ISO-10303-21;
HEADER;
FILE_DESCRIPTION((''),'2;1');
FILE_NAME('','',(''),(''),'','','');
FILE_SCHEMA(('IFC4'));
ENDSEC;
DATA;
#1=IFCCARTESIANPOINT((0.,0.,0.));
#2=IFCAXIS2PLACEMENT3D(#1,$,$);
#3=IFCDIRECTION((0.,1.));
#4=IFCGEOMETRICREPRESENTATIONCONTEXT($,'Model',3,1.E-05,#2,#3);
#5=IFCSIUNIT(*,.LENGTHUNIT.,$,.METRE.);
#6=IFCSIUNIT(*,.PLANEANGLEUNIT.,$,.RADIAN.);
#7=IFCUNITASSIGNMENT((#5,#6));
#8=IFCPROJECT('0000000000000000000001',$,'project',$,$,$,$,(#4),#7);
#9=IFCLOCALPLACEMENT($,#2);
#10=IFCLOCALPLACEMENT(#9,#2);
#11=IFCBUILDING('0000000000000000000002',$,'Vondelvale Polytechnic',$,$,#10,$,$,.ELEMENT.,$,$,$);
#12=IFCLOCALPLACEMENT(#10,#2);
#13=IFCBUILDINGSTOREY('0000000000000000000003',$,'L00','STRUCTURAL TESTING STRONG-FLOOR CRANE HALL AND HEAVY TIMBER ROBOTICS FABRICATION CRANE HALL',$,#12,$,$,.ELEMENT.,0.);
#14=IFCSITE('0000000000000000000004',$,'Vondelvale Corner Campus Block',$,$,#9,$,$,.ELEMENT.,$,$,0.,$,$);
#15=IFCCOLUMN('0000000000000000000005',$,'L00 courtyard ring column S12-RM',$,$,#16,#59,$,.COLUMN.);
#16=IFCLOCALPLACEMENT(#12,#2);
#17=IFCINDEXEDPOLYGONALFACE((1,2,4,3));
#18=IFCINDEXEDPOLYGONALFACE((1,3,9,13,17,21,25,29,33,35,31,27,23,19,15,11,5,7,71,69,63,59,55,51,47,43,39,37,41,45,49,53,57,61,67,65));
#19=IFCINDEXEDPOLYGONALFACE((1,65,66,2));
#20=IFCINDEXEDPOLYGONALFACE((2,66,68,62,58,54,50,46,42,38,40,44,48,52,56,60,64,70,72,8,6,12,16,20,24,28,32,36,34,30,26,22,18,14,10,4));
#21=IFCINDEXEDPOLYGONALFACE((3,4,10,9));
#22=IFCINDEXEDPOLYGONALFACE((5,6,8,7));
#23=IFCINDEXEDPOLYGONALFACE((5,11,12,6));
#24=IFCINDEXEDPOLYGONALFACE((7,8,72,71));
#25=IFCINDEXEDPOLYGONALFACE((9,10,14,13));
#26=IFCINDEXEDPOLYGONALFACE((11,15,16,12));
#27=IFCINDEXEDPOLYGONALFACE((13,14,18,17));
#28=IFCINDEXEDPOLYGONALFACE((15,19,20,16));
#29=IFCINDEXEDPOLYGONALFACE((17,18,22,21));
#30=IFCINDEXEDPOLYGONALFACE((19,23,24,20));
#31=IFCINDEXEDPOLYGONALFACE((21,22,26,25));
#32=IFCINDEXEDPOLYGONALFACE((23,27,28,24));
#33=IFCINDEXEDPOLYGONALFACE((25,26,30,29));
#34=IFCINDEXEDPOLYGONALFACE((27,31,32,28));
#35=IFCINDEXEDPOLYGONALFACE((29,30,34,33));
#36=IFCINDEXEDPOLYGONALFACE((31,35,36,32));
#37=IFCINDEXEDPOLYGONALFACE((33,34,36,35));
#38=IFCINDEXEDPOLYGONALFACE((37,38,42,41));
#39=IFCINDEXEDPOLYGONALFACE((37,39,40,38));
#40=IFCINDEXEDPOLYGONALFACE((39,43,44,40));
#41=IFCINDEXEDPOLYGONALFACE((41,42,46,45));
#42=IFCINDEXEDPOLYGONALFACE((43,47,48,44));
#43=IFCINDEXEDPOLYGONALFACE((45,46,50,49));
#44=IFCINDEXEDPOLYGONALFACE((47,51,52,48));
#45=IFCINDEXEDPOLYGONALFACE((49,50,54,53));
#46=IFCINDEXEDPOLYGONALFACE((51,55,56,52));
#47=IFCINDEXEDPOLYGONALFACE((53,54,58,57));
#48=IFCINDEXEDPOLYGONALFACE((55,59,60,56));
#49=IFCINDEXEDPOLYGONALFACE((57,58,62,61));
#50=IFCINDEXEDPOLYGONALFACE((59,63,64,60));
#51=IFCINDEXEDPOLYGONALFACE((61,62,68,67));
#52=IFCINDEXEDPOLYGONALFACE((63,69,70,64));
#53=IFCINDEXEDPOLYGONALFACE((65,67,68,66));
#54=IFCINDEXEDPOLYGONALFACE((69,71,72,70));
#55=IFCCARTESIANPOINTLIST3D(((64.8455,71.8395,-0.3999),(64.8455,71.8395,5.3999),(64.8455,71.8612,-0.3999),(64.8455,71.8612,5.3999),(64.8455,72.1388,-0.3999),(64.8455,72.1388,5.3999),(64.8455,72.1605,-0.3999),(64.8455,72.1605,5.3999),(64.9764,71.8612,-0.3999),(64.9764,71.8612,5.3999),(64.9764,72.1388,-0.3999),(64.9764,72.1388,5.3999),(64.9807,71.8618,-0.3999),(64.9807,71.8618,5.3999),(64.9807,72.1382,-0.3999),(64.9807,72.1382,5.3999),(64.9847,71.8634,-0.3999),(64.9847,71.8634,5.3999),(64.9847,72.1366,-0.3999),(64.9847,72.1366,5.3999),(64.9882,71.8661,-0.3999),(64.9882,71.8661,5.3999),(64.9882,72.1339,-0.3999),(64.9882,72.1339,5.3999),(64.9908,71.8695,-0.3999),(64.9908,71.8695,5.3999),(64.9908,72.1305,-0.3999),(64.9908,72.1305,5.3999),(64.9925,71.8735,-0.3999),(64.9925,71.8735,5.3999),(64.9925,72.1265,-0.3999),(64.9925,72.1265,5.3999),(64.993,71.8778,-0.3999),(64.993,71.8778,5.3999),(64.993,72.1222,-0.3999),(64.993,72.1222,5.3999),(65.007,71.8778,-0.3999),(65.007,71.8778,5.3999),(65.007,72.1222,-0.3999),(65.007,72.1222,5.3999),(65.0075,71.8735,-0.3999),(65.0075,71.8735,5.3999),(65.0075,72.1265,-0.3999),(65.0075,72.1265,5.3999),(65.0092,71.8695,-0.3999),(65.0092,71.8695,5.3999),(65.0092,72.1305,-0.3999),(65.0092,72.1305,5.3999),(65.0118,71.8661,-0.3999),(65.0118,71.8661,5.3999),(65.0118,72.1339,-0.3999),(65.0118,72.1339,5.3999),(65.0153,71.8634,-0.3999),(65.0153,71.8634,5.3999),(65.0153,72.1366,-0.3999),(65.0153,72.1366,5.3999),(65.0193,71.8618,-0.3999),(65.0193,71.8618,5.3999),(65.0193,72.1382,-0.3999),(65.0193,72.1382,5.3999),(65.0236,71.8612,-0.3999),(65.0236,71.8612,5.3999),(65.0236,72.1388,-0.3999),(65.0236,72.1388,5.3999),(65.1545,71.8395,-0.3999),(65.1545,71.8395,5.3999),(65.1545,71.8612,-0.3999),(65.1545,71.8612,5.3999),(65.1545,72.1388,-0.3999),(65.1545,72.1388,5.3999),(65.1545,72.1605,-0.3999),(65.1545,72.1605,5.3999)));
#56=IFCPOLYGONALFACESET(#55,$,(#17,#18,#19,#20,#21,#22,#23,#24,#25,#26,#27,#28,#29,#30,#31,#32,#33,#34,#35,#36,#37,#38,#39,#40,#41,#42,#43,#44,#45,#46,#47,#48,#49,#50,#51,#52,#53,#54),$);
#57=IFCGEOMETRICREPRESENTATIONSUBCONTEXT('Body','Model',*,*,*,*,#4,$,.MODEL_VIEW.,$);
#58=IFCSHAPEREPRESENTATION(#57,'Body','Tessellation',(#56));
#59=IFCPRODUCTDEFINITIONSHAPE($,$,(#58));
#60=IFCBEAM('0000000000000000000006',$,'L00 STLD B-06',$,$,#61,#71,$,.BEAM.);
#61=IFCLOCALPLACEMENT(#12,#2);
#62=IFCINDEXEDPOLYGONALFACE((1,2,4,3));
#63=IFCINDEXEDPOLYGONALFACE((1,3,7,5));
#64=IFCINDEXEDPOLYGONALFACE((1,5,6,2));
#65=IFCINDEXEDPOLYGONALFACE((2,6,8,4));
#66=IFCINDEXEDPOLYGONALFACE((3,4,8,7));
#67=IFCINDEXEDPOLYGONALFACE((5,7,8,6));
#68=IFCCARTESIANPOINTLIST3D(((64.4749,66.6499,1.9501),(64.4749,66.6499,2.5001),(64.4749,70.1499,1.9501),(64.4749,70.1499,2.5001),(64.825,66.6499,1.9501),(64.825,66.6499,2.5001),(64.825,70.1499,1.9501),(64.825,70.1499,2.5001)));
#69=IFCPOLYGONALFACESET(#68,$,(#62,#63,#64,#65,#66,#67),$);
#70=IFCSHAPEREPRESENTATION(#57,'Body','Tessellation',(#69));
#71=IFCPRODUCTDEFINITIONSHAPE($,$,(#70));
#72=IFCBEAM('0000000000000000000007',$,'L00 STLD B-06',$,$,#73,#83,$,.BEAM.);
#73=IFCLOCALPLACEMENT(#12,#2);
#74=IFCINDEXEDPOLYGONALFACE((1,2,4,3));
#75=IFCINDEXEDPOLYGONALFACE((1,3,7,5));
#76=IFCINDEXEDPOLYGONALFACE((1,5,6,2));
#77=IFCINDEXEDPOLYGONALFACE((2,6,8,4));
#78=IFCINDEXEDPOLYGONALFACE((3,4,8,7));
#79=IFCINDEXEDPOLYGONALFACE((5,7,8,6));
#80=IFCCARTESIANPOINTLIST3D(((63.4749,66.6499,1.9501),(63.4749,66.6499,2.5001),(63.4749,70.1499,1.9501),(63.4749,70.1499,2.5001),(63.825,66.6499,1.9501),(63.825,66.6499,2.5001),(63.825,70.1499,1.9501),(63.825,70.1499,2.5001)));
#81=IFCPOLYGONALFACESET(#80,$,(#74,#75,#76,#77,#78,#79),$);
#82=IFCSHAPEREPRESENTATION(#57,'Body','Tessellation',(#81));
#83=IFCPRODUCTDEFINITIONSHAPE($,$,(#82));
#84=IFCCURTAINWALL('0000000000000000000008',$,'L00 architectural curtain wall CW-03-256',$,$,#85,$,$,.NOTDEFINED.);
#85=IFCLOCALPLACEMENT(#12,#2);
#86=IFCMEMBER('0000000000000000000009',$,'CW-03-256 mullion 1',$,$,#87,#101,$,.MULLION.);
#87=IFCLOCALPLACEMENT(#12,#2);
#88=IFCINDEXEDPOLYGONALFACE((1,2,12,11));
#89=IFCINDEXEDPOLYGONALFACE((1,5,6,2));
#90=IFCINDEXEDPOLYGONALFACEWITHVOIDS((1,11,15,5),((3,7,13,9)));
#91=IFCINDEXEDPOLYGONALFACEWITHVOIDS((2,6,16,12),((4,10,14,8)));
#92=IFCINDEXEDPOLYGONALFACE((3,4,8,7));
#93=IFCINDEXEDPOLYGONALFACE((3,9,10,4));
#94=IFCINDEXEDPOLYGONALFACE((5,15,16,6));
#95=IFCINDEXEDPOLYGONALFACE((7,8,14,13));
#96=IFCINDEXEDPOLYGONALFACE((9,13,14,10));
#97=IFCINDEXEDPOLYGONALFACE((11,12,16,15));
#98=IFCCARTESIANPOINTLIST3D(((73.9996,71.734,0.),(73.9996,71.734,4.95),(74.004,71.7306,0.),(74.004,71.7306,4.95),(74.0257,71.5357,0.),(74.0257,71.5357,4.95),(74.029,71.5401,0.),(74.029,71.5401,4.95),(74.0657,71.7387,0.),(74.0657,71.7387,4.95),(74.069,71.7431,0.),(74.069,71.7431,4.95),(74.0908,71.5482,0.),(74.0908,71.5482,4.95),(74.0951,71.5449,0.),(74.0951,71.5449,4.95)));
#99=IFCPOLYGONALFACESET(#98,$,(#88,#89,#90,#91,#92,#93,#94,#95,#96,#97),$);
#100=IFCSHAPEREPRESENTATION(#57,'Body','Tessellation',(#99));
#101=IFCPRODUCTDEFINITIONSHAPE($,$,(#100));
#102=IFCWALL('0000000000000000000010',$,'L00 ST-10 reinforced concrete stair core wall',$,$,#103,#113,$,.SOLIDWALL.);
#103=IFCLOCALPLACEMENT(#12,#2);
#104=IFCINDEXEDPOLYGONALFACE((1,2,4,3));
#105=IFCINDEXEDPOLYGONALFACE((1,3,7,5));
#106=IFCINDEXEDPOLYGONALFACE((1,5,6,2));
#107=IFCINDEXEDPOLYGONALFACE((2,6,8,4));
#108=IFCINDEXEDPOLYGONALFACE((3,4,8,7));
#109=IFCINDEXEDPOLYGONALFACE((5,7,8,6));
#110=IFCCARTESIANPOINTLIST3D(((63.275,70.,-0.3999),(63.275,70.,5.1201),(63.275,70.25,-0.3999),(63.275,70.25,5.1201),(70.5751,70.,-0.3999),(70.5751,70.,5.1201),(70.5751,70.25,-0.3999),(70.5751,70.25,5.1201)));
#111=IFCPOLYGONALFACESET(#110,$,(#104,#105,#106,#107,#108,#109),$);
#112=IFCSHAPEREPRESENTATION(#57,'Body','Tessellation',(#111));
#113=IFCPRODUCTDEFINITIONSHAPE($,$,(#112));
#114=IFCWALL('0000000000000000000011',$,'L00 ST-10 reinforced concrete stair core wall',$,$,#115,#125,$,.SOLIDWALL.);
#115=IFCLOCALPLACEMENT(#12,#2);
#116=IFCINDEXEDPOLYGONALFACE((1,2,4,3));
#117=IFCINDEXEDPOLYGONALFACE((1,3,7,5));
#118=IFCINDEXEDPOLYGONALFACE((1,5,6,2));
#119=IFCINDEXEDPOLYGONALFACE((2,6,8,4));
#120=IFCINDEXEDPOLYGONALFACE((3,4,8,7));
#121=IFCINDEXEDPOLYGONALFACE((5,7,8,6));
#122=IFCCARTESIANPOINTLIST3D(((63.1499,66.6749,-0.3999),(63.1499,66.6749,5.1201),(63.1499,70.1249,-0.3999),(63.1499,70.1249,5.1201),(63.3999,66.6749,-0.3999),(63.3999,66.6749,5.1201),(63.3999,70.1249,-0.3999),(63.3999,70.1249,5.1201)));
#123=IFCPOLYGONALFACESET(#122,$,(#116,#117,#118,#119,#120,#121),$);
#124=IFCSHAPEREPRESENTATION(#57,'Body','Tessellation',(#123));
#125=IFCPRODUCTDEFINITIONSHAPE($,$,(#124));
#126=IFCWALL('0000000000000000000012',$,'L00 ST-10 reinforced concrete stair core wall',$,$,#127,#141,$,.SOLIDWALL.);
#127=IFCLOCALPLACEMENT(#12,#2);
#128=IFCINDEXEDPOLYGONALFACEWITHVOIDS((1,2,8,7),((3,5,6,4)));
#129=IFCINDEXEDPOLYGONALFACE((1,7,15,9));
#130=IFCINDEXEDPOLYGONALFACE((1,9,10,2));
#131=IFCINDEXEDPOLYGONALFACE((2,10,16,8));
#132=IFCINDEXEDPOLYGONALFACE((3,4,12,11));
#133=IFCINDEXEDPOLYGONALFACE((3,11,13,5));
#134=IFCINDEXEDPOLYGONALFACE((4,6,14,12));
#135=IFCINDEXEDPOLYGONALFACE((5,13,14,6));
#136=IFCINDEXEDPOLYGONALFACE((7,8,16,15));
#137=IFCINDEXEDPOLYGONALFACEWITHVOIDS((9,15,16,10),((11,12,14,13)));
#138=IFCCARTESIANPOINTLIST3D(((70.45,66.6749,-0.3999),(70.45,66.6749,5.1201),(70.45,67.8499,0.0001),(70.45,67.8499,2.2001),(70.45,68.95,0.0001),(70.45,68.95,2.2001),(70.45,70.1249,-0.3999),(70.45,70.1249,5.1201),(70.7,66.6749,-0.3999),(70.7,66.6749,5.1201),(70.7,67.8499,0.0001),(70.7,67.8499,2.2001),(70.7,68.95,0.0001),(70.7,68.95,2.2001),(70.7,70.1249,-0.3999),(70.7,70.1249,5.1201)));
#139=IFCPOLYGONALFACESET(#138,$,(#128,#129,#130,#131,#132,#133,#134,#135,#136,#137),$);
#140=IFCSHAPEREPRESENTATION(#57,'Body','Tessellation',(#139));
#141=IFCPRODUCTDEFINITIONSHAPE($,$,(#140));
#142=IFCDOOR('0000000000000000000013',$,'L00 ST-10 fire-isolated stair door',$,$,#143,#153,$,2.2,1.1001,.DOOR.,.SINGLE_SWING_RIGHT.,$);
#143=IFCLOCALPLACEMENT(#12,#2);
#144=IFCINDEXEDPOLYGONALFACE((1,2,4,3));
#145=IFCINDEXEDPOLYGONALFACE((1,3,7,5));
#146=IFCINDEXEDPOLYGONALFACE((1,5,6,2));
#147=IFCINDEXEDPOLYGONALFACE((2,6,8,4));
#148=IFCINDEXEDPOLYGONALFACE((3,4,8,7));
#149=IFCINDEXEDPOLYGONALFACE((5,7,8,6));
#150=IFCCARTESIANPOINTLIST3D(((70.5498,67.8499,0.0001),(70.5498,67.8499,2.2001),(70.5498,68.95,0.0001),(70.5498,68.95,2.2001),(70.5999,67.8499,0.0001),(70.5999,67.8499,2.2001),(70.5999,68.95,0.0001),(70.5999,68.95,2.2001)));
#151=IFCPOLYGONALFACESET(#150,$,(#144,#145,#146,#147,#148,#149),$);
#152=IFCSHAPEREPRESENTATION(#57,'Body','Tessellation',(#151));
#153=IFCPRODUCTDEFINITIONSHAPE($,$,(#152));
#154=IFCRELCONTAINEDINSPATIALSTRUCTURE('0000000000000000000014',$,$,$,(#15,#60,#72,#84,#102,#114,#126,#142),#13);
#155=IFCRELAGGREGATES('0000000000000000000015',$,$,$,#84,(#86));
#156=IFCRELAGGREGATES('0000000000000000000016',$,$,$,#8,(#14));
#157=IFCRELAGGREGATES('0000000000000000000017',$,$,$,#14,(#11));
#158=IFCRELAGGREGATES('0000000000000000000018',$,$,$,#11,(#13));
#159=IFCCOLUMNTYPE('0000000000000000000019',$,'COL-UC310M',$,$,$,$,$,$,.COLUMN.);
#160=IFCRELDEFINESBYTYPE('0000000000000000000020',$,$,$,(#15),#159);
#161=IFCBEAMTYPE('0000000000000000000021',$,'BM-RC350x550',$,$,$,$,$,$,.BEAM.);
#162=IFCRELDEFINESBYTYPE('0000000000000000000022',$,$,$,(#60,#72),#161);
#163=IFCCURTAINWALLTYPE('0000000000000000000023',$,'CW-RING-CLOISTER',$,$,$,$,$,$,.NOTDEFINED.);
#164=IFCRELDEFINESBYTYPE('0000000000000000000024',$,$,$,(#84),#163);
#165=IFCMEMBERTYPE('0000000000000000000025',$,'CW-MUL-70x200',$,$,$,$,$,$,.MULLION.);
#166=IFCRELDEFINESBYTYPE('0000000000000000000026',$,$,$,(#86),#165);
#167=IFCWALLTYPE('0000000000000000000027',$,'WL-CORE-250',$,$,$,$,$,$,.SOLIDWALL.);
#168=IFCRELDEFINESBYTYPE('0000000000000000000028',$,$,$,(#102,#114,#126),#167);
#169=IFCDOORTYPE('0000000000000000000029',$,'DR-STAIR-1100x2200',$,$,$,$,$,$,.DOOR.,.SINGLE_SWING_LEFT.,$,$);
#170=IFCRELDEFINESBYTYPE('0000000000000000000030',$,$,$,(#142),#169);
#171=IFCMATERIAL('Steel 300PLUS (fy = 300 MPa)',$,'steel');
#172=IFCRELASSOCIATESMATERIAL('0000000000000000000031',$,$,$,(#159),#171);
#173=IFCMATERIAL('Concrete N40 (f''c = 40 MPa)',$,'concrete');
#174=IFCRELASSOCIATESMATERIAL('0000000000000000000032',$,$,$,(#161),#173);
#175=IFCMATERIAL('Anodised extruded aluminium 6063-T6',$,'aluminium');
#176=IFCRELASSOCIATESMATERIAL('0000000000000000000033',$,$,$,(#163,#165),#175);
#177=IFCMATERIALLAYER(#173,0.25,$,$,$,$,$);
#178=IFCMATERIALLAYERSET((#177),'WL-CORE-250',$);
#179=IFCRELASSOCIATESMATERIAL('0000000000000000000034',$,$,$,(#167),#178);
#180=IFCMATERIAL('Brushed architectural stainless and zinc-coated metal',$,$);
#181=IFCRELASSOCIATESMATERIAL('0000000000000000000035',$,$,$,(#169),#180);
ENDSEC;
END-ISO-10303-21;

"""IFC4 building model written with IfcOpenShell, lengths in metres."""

from ifc_helpers import new_model, si_unit, direction, frame, frame_2d, origin, origin_2d, place, context, subcontext, project, spatial, rectangle, hollow_rectangle, i_section, extrude, material, layer, layer_set, material_profile, profile_set, type_object, element, fill, aggregate, save


model = new_model("IFC4")

# Units and contexts
model_context = context("Model", 3, precision=1e-05, world=origin(), true_north=direction((0.0, 1.0)))
body_context = subcontext(model_context, "Body", "Model", "MODEL_VIEW")
ifc_project = project(units=[si_unit("LENGTHUNIT", "METRE"), si_unit("PLANEANGLEUNIT", "RADIAN")], contexts=[model_context])

# Site, building, storey
site_placement = place(None, origin())
site = spatial("IfcSite", under=ifc_project, at=site_placement, Name="Vondelvale Corner Campus Block", CompositionType="ELEMENT", RefElevation=0.0)
building_placement = place(site_placement, origin())
building = spatial("IfcBuilding", under=site, at=building_placement, Name="Vondelvale Polytechnic", CompositionType="ELEMENT")
storey_placement = place(building_placement, origin())
storey = spatial("IfcBuildingStorey", under=building, at=storey_placement, Name="L00", Description="STRUCTURAL TESTING STRONG-FLOOR CRANE HALL AND HEAVY TIMBER ROBOTICS FABRICATION CRANE HALL", CompositionType="ELEMENT", Elevation=0.0)

# Shared definitions
ifc_material_1 = material(Name="Concrete N40 (f'c = 40 MPa)", Category="concrete")

# Column
ifc_material_2 = material(Name="Steel 300PLUS (fy = 300 MPa)", Category="steel")
ifc_material_profile_1 = material_profile(ifc_material_2, i_section(OverallWidth=0.3091, OverallDepth=0.321, WebThickness=0.0139, FlangeThickness=0.0217, FilletRadius=0.0166, at=origin_2d()), Name="310UC137")
ifc_profile_set_1 = profile_set([ifc_material_profile_1], Name="Steel 300PLUS (fy = 300 MPa)")
column_type_1 = type_object("IfcColumnType", Name="COL-UC310M", PredefinedType="COLUMN", material=ifc_profile_set_1)
column_1_placement = place(storey_placement, frame((65.0, 72.0, -0.3999), z_axis=(0.0, 0.0, 1.0), x_axis=(1.0, 0.0, 0.0)))
element("IfcColumn", 1, at=column_1_placement, inside=storey, type_object=column_type_1, Name="L00 courtyard ring column S12-RM", PredefinedType="COLUMN", context=body_context, shape_type="SweptSolid", body=[
    extrude(i_section(OverallWidth=0.3091, OverallDepth=0.321, WebThickness=0.0139, FlangeThickness=0.0217, FilletRadius=0.0166, at=origin_2d()), origin(), (0.0, 0.0, 1.0), 5.7998),
])

# Beams
ifc_material_profile_2 = material_profile(ifc_material_1, rectangle(XDim=0.3501, YDim=0.55, at=origin_2d()), Name="RC-BM-350x550")
ifc_profile_set_2 = profile_set([ifc_material_profile_2], Name="Concrete N40 (f'c = 40 MPa)")
beam_type = type_object("IfcBeamType", Name="BM-RC350x550", PredefinedType="BEAM", material=ifc_profile_set_2)
for number, where, z_axis, x_axis, name in (
    (2, (64.6499, 70.1499, 2.2251), (0.0, -1.0, 0.0), (1.0, 0.0, 0.0), "L00 STLD B-06"),
    (3, (63.6499, 70.1499, 2.2251), (0.0, -1.0, 0.0), (1.0, 0.0, 0.0), "L00 STLD B-06"),
):
    element("IfcBeam", number, at=place(storey_placement, frame(where, z_axis=z_axis, x_axis=x_axis)), inside=storey, type_object=beam_type, Name=name, PredefinedType="BEAM", context=body_context, shape_type="SweptSolid", body=[
        extrude(rectangle(XDim=0.3501, YDim=0.55, at=origin_2d()), origin(), (0.0, 0.0, 1.0), 3.5),
    ])

# Curtain wall, member
ifc_material_3 = material(Name="Anodised extruded aluminium 6063-T6", Category="aluminium")
curtain_wall_type = type_object("IfcCurtainWallType", Name="CW-RING-CLOISTER", PredefinedType="NOTDEFINED", material=ifc_material_3)
curtain_wall_placement = place(storey_placement, origin())
curtain_wall = element("IfcCurtainWall", 4, at=curtain_wall_placement, inside=storey, type_object=curtain_wall_type, Name="L00 architectural curtain wall CW-03-256", PredefinedType="NOTDEFINED")
ifc_material_profile_3 = material_profile(ifc_material_3, hollow_rectangle(XDim=0.0701, YDim=0.2, WallThickness=0.0039, at=origin_2d()), Name="CW-MUL-200x70")
ifc_profile_set_3 = profile_set([ifc_material_profile_3], Name="Anodised extruded aluminium 6063-T6")
member_type = type_object("IfcMemberType", Name="CW-MUL-70x200", PredefinedType="MULLION", material=ifc_profile_set_3)
member_placement = place(storey_placement, frame((74.0474, 71.6394, 0.0), z_axis=(0.0, 0.0, 1.0), x_axis=(0.991445, 0.130528, 0.0)))
member = element("IfcMember", 5, at=member_placement, type_object=member_type, Name="CW-03-256 mullion 1", PredefinedType="MULLION", context=body_context, shape_type="SweptSolid", body=[
    extrude(hollow_rectangle(XDim=0.0701, YDim=0.2, WallThickness=0.0039, at=origin_2d()), origin(), (0.0, 0.0, 1.0), 4.95),
])
aggregate(curtain_wall, [member])

# Walls
ifc_layer_1 = layer(ifc_material_1, 0.25)
ifc_layer_set_1 = layer_set([ifc_layer_1], Name="WL-CORE-250")
wall_type_1 = type_object("IfcWallType", Name="WL-CORE-250", PredefinedType="SOLIDWALL", material=ifc_layer_set_1)
wall_1_placement = place(storey_placement, frame((70.575, 70.125, -0.3999), z_axis=(0.0, 0.0, 1.0), x_axis=(-1.0, 0.0, 0.0)))
element("IfcWall", 6, at=wall_1_placement, inside=storey, type_object=wall_type_1, Name="L00 ST-10 reinforced concrete stair core wall", PredefinedType="SOLIDWALL", context=body_context, shape_type="SweptSolid", body=[
    extrude(rectangle(XDim=7.3, YDim=0.25, at=frame_2d((3.6499, 0.0))), origin(), (0.0, 0.0, 1.0), 5.52),
])
wall_2_placement = place(storey_placement, frame((63.2749, 70.125, -0.3999), z_axis=(0.0, 0.0, 1.0), x_axis=(0.0, -1.0, 0.0)))
element("IfcWall", 7, at=wall_2_placement, inside=storey, type_object=wall_type_1, Name="L00 ST-10 reinforced concrete stair core wall", PredefinedType="SOLIDWALL", context=body_context, shape_type="SweptSolid", body=[
    extrude(rectangle(XDim=3.45, YDim=0.25, at=frame_2d((1.7251, 0.0))), origin(), (0.0, 0.0, 1.0), 5.52),
])

# Wall, opening, door
wall_3_placement = place(storey_placement, frame((70.575, 70.125, -0.3999), z_axis=(0.0, 0.0, 1.0), x_axis=(0.0, -1.0, 0.0)))
wall_3 = element("IfcWall", 8, at=wall_3_placement, inside=storey, type_object=wall_type_1, Name="L00 ST-10 reinforced concrete stair core wall", PredefinedType="SOLIDWALL", context=body_context, shape_type="SweptSolid", body=[
    extrude(rectangle(XDim=3.45, YDim=0.25, at=frame_2d((1.7251, 0.0))), origin(), (0.0, 0.0, 1.0), 5.52),
])
opening_1_placement = place(wall_3_placement, frame((1.175, 0.0, 0.3999)))
opening_1 = element("IfcOpeningElement", 9, at=opening_1_placement, cuts=wall_3, PredefinedType="OPENING", context=body_context, shape_type="SweptSolid", body=[
    extrude(rectangle(XDim=1.1001, YDim=2.2, at=frame_2d((0.55, 1.1001))), frame((0.0, 0.135, 0.0), z_axis=(0.0, -1.0, 0.0), x_axis=(1.0, 0.0, 0.0)), (0.0, 0.0, 1.0), 0.27),
])
ifc_material_4 = material(Name="Brushed architectural stainless and zinc-coated metal")
door_type_1 = type_object("IfcDoorType", Name="DR-STAIR-1100x2200", OperationType="SINGLE_SWING_LEFT", PredefinedType="DOOR", material=ifc_material_4)
door_1_placement = place(opening_1_placement, origin())
door_1 = element("IfcDoor", 10, at=door_1_placement, inside=storey, type_object=door_type_1, Name="L00 ST-10 fire-isolated stair door", OperationType="SINGLE_SWING_RIGHT", OverallHeight=2.2, OverallWidth=1.1001, PredefinedType="DOOR", context=body_context, shape_type="SweptSolid", body=[
    extrude(rectangle(XDim=1.1001, YDim=2.2, at=frame_2d((0.55, 1.1001))), frame((0.0, 0.0249, 0.0), z_axis=(0.0, -1.0, 0.0), x_axis=(1.0, 0.0, 0.0)), (0.0, 0.0, 1.0), 0.05),
])
fill(opening_1, door_1)

save(model, "model.ifc")
